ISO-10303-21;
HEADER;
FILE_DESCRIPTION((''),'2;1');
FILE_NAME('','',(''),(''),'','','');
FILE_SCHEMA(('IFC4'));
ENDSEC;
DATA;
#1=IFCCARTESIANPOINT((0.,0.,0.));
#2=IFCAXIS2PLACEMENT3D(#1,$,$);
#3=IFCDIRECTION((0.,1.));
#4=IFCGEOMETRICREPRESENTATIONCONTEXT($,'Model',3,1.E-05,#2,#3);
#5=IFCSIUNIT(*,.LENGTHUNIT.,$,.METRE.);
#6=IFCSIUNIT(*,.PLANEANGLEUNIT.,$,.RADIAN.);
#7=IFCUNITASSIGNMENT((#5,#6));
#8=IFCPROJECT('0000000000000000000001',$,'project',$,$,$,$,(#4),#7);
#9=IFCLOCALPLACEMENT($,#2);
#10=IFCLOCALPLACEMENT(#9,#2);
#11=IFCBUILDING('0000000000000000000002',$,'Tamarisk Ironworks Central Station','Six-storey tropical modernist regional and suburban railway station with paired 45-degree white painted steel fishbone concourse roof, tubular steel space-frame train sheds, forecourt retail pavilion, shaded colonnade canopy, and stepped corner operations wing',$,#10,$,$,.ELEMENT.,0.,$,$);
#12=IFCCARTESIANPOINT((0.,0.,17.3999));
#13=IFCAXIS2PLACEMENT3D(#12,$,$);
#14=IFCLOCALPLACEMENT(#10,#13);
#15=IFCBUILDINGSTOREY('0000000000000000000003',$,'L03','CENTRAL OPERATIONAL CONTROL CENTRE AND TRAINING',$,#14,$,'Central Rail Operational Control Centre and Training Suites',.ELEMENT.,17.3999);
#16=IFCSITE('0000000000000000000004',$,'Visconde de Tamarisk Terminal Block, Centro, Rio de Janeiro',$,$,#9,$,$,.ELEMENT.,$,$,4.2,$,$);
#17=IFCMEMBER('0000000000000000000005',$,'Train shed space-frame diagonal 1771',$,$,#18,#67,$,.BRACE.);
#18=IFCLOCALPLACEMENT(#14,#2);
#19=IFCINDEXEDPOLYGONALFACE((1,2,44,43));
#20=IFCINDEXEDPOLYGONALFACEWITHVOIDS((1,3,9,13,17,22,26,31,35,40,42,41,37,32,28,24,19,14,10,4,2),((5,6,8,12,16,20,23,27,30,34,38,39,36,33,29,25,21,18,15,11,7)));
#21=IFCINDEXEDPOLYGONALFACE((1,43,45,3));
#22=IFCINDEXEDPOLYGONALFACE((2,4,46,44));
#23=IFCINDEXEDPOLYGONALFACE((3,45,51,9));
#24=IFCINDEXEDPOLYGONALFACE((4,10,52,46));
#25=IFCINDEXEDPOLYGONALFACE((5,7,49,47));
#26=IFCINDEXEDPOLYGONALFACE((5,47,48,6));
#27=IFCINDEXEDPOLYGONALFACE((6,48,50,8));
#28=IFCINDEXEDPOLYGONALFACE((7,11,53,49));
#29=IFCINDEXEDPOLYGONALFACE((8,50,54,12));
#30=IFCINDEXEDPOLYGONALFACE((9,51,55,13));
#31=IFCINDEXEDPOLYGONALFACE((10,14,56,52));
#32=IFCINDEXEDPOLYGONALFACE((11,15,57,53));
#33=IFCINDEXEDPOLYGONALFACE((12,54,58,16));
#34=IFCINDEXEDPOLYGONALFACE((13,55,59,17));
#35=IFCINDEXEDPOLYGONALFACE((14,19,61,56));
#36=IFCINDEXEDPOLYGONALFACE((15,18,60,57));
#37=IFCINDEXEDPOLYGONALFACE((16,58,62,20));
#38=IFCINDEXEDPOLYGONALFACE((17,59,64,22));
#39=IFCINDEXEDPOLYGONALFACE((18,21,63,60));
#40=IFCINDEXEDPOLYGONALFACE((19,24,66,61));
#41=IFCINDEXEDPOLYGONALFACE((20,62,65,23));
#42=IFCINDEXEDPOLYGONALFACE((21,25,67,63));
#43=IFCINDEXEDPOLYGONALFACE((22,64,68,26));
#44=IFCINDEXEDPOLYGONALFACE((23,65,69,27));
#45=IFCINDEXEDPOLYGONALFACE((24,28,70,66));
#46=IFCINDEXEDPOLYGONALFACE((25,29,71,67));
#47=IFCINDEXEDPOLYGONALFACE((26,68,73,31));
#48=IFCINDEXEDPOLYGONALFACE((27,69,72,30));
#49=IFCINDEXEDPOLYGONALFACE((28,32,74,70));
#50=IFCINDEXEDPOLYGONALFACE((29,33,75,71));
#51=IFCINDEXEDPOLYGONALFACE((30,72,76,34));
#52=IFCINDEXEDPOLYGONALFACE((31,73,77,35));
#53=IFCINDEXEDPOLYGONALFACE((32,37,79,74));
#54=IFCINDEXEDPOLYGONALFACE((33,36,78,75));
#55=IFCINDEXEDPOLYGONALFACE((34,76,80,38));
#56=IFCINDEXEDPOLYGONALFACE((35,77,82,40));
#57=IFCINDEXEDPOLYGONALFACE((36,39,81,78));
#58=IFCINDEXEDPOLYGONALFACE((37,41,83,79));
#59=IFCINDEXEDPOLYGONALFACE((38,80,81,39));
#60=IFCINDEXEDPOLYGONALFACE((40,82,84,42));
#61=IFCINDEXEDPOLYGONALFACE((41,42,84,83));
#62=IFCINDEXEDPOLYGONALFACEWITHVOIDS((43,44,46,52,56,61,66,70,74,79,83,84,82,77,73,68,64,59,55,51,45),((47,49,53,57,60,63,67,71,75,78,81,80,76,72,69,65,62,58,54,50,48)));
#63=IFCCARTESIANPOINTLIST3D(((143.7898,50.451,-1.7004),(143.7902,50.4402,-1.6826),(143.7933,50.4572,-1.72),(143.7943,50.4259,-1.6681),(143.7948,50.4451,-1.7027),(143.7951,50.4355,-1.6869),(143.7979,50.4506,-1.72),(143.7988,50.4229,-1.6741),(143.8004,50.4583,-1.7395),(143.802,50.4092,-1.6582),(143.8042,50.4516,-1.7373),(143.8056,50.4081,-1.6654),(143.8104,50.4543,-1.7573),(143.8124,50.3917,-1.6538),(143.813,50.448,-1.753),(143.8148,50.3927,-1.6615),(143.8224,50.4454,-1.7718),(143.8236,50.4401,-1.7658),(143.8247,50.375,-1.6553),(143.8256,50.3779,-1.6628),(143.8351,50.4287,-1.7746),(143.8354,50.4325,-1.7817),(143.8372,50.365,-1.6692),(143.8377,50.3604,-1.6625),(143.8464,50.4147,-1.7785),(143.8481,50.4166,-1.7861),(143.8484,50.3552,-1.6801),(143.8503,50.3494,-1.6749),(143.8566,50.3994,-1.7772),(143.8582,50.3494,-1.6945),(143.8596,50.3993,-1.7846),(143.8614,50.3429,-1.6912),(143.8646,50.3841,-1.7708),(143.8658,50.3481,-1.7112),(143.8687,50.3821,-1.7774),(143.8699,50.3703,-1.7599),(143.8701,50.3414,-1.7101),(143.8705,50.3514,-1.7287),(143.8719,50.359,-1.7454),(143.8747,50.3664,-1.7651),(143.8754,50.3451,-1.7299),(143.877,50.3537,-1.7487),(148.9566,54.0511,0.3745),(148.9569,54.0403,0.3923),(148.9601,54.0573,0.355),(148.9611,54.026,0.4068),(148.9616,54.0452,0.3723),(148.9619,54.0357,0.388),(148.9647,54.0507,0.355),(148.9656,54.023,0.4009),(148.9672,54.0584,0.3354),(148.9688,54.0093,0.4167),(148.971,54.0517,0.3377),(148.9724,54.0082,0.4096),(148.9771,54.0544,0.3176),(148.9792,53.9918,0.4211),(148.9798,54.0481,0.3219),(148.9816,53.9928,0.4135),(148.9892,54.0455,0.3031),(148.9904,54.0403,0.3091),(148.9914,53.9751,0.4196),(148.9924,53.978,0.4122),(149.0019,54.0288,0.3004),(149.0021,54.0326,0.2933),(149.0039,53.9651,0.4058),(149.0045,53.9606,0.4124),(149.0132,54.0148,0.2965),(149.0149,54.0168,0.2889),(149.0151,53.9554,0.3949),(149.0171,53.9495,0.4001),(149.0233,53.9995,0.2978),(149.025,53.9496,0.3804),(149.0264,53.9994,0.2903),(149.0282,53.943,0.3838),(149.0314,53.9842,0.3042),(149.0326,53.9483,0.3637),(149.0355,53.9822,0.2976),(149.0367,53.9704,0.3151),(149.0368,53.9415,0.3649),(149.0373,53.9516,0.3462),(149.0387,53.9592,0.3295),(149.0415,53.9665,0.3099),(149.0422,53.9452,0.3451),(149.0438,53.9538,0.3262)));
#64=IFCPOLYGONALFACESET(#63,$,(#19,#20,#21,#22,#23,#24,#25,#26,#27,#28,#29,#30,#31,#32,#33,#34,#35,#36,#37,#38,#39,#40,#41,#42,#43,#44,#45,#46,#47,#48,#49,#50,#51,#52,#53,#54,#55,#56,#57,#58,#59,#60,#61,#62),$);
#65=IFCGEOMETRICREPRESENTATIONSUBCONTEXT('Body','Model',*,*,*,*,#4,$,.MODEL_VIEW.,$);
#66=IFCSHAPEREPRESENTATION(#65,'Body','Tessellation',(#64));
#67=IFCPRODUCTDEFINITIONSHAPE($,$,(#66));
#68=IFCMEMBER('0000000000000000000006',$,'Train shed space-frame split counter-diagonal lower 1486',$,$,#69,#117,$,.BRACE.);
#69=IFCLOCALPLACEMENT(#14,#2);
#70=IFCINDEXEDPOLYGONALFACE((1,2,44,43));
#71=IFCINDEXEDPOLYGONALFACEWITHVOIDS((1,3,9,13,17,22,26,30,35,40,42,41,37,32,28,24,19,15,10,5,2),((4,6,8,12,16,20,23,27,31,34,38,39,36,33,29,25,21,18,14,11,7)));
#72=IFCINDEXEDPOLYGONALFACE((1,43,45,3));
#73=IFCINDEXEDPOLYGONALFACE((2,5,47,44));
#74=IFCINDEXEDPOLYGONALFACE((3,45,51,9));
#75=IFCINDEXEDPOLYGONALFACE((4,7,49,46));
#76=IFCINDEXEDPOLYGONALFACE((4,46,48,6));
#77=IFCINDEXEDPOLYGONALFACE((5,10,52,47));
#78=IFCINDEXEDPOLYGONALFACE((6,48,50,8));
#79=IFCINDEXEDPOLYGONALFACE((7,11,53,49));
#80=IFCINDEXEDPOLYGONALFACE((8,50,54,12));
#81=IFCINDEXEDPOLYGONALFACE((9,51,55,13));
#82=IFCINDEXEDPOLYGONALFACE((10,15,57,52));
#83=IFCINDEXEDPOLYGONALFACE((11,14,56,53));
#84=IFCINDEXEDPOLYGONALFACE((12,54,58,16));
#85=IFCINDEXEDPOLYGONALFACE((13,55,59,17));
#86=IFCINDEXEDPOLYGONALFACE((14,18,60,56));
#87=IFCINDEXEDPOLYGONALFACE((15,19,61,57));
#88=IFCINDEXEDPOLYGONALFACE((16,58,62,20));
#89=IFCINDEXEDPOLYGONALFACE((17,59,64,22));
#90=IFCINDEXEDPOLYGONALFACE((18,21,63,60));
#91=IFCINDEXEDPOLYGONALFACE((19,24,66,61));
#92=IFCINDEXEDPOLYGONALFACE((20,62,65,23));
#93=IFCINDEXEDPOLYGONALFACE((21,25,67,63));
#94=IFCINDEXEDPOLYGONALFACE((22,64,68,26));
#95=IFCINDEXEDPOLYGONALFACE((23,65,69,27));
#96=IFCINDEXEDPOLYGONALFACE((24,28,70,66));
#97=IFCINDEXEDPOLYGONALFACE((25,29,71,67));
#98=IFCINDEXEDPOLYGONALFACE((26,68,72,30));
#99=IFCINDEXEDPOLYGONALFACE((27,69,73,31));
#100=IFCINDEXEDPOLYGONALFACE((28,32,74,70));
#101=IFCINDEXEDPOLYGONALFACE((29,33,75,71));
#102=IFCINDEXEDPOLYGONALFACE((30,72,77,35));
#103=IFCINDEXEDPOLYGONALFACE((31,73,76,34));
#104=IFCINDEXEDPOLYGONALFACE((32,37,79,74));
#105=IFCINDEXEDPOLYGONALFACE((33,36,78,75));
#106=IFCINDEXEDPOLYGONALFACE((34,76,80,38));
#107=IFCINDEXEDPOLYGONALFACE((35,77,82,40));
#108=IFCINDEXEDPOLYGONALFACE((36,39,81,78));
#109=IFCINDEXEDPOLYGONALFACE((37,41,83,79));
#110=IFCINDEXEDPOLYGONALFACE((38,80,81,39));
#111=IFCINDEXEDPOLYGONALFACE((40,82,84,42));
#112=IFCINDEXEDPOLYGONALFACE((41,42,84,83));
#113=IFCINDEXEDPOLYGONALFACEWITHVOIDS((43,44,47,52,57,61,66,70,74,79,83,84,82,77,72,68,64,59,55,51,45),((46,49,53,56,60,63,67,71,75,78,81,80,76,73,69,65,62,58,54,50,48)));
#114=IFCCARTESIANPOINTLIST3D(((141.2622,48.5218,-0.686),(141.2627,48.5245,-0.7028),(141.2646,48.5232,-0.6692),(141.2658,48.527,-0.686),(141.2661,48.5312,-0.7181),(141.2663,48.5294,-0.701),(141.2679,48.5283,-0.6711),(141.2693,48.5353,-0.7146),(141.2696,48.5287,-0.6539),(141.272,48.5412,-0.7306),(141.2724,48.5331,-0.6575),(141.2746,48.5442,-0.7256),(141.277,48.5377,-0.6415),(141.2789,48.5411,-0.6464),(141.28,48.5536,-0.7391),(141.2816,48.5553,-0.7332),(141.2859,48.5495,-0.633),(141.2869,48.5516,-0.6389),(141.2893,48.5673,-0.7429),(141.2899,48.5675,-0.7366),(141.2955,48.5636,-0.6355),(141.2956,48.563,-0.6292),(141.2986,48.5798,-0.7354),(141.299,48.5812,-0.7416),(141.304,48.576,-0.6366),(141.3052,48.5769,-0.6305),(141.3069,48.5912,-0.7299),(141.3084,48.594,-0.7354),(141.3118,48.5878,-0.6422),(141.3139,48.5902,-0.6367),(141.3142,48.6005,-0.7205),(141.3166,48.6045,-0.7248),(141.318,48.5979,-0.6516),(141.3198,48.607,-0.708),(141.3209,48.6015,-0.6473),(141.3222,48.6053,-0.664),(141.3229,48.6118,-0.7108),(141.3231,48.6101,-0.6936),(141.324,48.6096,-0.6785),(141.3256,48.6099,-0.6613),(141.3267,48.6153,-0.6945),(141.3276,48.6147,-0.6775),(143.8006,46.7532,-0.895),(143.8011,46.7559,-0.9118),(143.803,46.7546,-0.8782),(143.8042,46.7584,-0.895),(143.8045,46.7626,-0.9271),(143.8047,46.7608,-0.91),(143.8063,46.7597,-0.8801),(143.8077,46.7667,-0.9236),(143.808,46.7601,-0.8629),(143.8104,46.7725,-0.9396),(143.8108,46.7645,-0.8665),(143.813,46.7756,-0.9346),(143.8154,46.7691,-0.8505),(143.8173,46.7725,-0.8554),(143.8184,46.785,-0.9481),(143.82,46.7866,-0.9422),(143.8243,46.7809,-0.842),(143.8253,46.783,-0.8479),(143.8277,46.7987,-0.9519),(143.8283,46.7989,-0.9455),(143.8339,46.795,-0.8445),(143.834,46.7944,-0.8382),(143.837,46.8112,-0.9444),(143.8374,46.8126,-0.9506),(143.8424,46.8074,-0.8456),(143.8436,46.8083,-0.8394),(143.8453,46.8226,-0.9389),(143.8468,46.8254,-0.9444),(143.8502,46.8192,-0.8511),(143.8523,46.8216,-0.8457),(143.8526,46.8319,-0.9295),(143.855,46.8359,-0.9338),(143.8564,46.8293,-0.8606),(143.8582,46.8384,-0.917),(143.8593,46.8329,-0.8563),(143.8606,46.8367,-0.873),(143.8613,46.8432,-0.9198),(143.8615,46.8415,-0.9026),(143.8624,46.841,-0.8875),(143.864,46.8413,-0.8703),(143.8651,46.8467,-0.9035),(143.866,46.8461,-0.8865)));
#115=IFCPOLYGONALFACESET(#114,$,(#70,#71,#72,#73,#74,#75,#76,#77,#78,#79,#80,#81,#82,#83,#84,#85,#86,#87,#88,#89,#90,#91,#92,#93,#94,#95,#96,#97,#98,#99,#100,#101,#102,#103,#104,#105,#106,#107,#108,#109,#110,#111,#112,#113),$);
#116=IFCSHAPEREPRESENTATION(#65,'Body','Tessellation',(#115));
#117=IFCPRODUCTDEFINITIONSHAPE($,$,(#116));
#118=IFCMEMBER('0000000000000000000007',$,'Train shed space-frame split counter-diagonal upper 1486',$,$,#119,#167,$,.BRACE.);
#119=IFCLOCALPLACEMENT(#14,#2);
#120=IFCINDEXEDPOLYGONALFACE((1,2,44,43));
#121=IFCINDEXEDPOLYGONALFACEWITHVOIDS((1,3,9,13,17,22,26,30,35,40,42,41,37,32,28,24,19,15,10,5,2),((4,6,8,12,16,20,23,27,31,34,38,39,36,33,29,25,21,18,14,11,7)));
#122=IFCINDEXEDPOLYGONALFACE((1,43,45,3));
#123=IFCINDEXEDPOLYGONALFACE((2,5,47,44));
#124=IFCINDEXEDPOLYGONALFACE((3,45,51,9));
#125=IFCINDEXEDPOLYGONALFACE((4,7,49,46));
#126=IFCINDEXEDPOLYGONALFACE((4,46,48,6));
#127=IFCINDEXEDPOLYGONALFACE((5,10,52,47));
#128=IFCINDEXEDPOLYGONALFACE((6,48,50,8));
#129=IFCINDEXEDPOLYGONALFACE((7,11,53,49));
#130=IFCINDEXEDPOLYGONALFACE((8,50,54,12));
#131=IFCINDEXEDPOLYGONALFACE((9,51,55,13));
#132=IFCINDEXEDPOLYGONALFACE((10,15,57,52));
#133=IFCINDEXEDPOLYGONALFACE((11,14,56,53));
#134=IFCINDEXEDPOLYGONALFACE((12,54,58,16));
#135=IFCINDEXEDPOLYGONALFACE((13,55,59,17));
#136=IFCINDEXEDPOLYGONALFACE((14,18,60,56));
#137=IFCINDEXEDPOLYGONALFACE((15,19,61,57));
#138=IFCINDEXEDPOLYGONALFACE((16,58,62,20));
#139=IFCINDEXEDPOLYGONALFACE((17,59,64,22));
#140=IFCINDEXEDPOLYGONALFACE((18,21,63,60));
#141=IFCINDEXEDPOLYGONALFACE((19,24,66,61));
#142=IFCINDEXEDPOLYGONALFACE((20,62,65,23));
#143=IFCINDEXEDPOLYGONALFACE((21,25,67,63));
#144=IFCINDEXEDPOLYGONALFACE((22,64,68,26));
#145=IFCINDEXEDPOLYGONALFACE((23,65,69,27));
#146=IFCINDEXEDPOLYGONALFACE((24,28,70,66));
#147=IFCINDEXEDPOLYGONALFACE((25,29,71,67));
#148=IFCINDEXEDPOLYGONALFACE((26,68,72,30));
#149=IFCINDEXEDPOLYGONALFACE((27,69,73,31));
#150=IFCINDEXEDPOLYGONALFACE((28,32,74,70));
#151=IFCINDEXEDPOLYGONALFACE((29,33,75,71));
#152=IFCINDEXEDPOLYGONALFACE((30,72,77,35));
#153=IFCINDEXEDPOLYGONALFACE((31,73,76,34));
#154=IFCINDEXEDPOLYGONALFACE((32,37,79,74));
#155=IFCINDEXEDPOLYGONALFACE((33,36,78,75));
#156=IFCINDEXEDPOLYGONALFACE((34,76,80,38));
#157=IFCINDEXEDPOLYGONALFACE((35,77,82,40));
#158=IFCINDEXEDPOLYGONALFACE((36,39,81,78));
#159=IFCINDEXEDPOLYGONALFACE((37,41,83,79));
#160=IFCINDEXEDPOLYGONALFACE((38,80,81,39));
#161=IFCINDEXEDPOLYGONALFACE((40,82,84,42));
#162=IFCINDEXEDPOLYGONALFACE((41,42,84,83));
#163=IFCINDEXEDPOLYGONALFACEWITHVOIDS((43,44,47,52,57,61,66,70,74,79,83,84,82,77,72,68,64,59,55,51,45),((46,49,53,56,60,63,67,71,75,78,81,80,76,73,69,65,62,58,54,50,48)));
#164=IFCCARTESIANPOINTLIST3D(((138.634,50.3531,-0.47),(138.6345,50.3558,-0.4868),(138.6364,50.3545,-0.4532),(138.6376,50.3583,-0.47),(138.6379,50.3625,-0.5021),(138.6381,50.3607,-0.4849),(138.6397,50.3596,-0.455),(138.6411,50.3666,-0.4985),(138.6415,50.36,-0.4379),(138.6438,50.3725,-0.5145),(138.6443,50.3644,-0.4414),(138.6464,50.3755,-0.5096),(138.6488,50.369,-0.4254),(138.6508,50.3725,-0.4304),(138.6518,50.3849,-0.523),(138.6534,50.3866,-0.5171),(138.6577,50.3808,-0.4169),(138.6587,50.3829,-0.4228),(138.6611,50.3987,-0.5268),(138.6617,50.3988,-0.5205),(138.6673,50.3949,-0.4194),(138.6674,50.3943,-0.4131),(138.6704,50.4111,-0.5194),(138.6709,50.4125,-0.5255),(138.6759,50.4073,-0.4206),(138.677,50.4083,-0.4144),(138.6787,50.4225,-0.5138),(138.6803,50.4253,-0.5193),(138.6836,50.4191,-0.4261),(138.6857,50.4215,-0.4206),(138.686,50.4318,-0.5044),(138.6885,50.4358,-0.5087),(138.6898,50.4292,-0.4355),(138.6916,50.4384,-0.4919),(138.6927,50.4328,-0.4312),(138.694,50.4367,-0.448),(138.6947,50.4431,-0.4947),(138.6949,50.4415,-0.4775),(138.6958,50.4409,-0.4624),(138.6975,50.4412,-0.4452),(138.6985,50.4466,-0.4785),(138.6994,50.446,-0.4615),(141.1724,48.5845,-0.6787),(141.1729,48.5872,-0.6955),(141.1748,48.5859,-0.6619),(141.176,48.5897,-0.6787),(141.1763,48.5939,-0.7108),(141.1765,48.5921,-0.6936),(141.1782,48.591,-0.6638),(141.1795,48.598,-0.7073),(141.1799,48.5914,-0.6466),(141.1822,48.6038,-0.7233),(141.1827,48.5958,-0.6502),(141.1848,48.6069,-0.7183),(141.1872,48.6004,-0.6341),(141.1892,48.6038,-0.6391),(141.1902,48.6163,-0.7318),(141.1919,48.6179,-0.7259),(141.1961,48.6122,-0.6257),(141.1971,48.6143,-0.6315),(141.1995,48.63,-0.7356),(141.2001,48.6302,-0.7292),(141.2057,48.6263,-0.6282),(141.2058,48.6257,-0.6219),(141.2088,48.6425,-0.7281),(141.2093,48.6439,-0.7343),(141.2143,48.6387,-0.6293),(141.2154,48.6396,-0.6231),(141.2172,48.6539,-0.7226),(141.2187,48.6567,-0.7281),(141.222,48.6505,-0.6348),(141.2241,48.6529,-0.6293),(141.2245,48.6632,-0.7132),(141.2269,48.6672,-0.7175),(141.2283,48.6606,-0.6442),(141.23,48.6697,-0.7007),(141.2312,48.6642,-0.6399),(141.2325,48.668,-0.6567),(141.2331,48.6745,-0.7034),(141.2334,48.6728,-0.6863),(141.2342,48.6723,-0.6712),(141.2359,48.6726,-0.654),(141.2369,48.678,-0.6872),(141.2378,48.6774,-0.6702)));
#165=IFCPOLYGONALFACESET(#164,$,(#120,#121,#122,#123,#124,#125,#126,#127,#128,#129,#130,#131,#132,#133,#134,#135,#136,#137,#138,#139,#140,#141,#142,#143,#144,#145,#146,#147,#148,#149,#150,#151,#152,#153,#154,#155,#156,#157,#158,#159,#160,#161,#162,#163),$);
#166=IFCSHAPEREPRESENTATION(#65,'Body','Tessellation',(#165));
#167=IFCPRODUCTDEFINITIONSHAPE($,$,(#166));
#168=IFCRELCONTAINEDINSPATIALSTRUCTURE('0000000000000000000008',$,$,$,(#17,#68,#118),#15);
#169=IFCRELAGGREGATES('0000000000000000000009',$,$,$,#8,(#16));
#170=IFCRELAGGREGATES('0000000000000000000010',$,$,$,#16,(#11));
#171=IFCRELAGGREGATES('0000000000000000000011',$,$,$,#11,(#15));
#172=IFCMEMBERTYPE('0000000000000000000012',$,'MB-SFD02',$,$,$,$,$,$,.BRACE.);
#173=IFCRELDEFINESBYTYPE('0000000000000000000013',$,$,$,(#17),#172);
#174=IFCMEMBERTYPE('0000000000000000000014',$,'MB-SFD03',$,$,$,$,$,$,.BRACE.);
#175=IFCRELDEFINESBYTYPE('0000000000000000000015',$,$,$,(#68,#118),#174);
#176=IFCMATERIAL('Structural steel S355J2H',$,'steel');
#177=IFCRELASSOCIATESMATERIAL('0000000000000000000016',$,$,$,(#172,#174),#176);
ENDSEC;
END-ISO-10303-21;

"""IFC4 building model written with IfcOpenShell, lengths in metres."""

from ifc_helpers import new_model, si_unit, direction, frame, origin, origin_2d, place, context, subcontext, project, spatial, hollow_circle, extrude, material, material_profile, profile_set, type_object, element, save


model = new_model("IFC4")

# Units and contexts
model_context = context("Model", 3, precision=1e-05, world=origin(), true_north=direction((0.0, 1.0)))
body_context = subcontext(model_context, "Body", "Model", "MODEL_VIEW")
ifc_project = project(units=[si_unit("LENGTHUNIT", "METRE"), si_unit("PLANEANGLEUNIT", "RADIAN")], contexts=[model_context])

# Site, building, storey
site_placement = place(None, origin())
site = spatial("IfcSite", under=ifc_project, at=site_placement, Name="Visconde de Tamarisk Terminal Block, Centro, Rio de Janeiro", CompositionType="ELEMENT", RefElevation=4.2)
building_placement = place(site_placement, origin())
building = spatial("IfcBuilding", under=site, at=building_placement, Name="Tamarisk Ironworks Central Station", Description="Six-storey tropical modernist regional and suburban railway station with paired 45-degree white painted steel fishbone concourse roof, tubular steel space-frame train sheds, forecourt retail pavilion, shaded colonnade canopy, and stepped corner operations wing", CompositionType="ELEMENT", ElevationOfRefHeight=0.0)
storey_placement = place(building_placement, frame((0.0, 0.0, 17.3999)))
storey = spatial("IfcBuildingStorey", under=building, at=storey_placement, Name="L03", Description="CENTRAL OPERATIONAL CONTROL CENTRE AND TRAINING", LongName="Central Rail Operational Control Centre and Training Suites", CompositionType="ELEMENT", Elevation=17.3999)

# Members
ifc_material_1 = material(Name="Structural steel S355J2H", Category="steel")
ifc_material_profile_1 = material_profile(ifc_material_1, hollow_circle(Radius=0.0698, WallThickness=0.0081, at=origin_2d()), Name="CHS 139.7x8")
ifc_profile_set_1 = profile_set([ifc_material_profile_1], Name="Structural steel S355J2H")
member_type_1 = type_object("IfcMemberType", Name="MB-SFD02", PredefinedType="BRACE", material=ifc_profile_set_1)
member_1_placement = place(storey_placement, frame((143.8333, 50.3999, -1.72), z_axis=(0.779258, 0.542973, 0.312948), x_axis=(-0.571689, 0.82047, 0.0)))
element("IfcMember", 1, at=member_1_placement, inside=storey, type_object=member_type_1, Name="Train shed space-frame diagonal 1771", PredefinedType="BRACE", context=body_context, shape_type="SweptSolid", body=[
    extrude(hollow_circle(Radius=0.0698, WallThickness=0.0081, at=origin_2d()), origin(), (0.0, 0.0, 1.0), 6.6304),
])
ifc_material_profile_2 = material_profile(ifc_material_1, hollow_circle(Radius=0.0571, WallThickness=0.0063, at=origin_2d()), Name="CHS 114.3x6.3")
ifc_profile_set_2 = profile_set([ifc_material_profile_2], Name="Structural steel S355J2H")
member_type_2 = type_object("IfcMemberType", Name="MB-SFD03", PredefinedType="BRACE", material=ifc_profile_set_2)
for number, where, z_axis, x_axis, name in (
    (2, (143.8333, 46.8, -0.895), (-0.818621, 0.570366, 0.067398), (-0.571666, -0.820487, 0.0), "Train shed space-frame split counter-diagonal lower 1486"),
    (3, (141.2051, 48.6313, -0.6787), (-0.818625, 0.570369, 0.06732), (-0.571666, -0.820487, 0.0), "Train shed space-frame split counter-diagonal upper 1486"),
):
    element("IfcMember", number, at=place(storey_placement, frame(where, z_axis=z_axis, x_axis=x_axis)), inside=storey, type_object=member_type_2, Name=name, PredefinedType="BRACE", context=body_context, shape_type="SweptSolid", body=[
        extrude(hollow_circle(Radius=0.0571, WallThickness=0.0063, at=origin_2d()), origin(), (0.0, 0.0, 1.0), 3.1008),
    ])

save(model, "model.ifc")
